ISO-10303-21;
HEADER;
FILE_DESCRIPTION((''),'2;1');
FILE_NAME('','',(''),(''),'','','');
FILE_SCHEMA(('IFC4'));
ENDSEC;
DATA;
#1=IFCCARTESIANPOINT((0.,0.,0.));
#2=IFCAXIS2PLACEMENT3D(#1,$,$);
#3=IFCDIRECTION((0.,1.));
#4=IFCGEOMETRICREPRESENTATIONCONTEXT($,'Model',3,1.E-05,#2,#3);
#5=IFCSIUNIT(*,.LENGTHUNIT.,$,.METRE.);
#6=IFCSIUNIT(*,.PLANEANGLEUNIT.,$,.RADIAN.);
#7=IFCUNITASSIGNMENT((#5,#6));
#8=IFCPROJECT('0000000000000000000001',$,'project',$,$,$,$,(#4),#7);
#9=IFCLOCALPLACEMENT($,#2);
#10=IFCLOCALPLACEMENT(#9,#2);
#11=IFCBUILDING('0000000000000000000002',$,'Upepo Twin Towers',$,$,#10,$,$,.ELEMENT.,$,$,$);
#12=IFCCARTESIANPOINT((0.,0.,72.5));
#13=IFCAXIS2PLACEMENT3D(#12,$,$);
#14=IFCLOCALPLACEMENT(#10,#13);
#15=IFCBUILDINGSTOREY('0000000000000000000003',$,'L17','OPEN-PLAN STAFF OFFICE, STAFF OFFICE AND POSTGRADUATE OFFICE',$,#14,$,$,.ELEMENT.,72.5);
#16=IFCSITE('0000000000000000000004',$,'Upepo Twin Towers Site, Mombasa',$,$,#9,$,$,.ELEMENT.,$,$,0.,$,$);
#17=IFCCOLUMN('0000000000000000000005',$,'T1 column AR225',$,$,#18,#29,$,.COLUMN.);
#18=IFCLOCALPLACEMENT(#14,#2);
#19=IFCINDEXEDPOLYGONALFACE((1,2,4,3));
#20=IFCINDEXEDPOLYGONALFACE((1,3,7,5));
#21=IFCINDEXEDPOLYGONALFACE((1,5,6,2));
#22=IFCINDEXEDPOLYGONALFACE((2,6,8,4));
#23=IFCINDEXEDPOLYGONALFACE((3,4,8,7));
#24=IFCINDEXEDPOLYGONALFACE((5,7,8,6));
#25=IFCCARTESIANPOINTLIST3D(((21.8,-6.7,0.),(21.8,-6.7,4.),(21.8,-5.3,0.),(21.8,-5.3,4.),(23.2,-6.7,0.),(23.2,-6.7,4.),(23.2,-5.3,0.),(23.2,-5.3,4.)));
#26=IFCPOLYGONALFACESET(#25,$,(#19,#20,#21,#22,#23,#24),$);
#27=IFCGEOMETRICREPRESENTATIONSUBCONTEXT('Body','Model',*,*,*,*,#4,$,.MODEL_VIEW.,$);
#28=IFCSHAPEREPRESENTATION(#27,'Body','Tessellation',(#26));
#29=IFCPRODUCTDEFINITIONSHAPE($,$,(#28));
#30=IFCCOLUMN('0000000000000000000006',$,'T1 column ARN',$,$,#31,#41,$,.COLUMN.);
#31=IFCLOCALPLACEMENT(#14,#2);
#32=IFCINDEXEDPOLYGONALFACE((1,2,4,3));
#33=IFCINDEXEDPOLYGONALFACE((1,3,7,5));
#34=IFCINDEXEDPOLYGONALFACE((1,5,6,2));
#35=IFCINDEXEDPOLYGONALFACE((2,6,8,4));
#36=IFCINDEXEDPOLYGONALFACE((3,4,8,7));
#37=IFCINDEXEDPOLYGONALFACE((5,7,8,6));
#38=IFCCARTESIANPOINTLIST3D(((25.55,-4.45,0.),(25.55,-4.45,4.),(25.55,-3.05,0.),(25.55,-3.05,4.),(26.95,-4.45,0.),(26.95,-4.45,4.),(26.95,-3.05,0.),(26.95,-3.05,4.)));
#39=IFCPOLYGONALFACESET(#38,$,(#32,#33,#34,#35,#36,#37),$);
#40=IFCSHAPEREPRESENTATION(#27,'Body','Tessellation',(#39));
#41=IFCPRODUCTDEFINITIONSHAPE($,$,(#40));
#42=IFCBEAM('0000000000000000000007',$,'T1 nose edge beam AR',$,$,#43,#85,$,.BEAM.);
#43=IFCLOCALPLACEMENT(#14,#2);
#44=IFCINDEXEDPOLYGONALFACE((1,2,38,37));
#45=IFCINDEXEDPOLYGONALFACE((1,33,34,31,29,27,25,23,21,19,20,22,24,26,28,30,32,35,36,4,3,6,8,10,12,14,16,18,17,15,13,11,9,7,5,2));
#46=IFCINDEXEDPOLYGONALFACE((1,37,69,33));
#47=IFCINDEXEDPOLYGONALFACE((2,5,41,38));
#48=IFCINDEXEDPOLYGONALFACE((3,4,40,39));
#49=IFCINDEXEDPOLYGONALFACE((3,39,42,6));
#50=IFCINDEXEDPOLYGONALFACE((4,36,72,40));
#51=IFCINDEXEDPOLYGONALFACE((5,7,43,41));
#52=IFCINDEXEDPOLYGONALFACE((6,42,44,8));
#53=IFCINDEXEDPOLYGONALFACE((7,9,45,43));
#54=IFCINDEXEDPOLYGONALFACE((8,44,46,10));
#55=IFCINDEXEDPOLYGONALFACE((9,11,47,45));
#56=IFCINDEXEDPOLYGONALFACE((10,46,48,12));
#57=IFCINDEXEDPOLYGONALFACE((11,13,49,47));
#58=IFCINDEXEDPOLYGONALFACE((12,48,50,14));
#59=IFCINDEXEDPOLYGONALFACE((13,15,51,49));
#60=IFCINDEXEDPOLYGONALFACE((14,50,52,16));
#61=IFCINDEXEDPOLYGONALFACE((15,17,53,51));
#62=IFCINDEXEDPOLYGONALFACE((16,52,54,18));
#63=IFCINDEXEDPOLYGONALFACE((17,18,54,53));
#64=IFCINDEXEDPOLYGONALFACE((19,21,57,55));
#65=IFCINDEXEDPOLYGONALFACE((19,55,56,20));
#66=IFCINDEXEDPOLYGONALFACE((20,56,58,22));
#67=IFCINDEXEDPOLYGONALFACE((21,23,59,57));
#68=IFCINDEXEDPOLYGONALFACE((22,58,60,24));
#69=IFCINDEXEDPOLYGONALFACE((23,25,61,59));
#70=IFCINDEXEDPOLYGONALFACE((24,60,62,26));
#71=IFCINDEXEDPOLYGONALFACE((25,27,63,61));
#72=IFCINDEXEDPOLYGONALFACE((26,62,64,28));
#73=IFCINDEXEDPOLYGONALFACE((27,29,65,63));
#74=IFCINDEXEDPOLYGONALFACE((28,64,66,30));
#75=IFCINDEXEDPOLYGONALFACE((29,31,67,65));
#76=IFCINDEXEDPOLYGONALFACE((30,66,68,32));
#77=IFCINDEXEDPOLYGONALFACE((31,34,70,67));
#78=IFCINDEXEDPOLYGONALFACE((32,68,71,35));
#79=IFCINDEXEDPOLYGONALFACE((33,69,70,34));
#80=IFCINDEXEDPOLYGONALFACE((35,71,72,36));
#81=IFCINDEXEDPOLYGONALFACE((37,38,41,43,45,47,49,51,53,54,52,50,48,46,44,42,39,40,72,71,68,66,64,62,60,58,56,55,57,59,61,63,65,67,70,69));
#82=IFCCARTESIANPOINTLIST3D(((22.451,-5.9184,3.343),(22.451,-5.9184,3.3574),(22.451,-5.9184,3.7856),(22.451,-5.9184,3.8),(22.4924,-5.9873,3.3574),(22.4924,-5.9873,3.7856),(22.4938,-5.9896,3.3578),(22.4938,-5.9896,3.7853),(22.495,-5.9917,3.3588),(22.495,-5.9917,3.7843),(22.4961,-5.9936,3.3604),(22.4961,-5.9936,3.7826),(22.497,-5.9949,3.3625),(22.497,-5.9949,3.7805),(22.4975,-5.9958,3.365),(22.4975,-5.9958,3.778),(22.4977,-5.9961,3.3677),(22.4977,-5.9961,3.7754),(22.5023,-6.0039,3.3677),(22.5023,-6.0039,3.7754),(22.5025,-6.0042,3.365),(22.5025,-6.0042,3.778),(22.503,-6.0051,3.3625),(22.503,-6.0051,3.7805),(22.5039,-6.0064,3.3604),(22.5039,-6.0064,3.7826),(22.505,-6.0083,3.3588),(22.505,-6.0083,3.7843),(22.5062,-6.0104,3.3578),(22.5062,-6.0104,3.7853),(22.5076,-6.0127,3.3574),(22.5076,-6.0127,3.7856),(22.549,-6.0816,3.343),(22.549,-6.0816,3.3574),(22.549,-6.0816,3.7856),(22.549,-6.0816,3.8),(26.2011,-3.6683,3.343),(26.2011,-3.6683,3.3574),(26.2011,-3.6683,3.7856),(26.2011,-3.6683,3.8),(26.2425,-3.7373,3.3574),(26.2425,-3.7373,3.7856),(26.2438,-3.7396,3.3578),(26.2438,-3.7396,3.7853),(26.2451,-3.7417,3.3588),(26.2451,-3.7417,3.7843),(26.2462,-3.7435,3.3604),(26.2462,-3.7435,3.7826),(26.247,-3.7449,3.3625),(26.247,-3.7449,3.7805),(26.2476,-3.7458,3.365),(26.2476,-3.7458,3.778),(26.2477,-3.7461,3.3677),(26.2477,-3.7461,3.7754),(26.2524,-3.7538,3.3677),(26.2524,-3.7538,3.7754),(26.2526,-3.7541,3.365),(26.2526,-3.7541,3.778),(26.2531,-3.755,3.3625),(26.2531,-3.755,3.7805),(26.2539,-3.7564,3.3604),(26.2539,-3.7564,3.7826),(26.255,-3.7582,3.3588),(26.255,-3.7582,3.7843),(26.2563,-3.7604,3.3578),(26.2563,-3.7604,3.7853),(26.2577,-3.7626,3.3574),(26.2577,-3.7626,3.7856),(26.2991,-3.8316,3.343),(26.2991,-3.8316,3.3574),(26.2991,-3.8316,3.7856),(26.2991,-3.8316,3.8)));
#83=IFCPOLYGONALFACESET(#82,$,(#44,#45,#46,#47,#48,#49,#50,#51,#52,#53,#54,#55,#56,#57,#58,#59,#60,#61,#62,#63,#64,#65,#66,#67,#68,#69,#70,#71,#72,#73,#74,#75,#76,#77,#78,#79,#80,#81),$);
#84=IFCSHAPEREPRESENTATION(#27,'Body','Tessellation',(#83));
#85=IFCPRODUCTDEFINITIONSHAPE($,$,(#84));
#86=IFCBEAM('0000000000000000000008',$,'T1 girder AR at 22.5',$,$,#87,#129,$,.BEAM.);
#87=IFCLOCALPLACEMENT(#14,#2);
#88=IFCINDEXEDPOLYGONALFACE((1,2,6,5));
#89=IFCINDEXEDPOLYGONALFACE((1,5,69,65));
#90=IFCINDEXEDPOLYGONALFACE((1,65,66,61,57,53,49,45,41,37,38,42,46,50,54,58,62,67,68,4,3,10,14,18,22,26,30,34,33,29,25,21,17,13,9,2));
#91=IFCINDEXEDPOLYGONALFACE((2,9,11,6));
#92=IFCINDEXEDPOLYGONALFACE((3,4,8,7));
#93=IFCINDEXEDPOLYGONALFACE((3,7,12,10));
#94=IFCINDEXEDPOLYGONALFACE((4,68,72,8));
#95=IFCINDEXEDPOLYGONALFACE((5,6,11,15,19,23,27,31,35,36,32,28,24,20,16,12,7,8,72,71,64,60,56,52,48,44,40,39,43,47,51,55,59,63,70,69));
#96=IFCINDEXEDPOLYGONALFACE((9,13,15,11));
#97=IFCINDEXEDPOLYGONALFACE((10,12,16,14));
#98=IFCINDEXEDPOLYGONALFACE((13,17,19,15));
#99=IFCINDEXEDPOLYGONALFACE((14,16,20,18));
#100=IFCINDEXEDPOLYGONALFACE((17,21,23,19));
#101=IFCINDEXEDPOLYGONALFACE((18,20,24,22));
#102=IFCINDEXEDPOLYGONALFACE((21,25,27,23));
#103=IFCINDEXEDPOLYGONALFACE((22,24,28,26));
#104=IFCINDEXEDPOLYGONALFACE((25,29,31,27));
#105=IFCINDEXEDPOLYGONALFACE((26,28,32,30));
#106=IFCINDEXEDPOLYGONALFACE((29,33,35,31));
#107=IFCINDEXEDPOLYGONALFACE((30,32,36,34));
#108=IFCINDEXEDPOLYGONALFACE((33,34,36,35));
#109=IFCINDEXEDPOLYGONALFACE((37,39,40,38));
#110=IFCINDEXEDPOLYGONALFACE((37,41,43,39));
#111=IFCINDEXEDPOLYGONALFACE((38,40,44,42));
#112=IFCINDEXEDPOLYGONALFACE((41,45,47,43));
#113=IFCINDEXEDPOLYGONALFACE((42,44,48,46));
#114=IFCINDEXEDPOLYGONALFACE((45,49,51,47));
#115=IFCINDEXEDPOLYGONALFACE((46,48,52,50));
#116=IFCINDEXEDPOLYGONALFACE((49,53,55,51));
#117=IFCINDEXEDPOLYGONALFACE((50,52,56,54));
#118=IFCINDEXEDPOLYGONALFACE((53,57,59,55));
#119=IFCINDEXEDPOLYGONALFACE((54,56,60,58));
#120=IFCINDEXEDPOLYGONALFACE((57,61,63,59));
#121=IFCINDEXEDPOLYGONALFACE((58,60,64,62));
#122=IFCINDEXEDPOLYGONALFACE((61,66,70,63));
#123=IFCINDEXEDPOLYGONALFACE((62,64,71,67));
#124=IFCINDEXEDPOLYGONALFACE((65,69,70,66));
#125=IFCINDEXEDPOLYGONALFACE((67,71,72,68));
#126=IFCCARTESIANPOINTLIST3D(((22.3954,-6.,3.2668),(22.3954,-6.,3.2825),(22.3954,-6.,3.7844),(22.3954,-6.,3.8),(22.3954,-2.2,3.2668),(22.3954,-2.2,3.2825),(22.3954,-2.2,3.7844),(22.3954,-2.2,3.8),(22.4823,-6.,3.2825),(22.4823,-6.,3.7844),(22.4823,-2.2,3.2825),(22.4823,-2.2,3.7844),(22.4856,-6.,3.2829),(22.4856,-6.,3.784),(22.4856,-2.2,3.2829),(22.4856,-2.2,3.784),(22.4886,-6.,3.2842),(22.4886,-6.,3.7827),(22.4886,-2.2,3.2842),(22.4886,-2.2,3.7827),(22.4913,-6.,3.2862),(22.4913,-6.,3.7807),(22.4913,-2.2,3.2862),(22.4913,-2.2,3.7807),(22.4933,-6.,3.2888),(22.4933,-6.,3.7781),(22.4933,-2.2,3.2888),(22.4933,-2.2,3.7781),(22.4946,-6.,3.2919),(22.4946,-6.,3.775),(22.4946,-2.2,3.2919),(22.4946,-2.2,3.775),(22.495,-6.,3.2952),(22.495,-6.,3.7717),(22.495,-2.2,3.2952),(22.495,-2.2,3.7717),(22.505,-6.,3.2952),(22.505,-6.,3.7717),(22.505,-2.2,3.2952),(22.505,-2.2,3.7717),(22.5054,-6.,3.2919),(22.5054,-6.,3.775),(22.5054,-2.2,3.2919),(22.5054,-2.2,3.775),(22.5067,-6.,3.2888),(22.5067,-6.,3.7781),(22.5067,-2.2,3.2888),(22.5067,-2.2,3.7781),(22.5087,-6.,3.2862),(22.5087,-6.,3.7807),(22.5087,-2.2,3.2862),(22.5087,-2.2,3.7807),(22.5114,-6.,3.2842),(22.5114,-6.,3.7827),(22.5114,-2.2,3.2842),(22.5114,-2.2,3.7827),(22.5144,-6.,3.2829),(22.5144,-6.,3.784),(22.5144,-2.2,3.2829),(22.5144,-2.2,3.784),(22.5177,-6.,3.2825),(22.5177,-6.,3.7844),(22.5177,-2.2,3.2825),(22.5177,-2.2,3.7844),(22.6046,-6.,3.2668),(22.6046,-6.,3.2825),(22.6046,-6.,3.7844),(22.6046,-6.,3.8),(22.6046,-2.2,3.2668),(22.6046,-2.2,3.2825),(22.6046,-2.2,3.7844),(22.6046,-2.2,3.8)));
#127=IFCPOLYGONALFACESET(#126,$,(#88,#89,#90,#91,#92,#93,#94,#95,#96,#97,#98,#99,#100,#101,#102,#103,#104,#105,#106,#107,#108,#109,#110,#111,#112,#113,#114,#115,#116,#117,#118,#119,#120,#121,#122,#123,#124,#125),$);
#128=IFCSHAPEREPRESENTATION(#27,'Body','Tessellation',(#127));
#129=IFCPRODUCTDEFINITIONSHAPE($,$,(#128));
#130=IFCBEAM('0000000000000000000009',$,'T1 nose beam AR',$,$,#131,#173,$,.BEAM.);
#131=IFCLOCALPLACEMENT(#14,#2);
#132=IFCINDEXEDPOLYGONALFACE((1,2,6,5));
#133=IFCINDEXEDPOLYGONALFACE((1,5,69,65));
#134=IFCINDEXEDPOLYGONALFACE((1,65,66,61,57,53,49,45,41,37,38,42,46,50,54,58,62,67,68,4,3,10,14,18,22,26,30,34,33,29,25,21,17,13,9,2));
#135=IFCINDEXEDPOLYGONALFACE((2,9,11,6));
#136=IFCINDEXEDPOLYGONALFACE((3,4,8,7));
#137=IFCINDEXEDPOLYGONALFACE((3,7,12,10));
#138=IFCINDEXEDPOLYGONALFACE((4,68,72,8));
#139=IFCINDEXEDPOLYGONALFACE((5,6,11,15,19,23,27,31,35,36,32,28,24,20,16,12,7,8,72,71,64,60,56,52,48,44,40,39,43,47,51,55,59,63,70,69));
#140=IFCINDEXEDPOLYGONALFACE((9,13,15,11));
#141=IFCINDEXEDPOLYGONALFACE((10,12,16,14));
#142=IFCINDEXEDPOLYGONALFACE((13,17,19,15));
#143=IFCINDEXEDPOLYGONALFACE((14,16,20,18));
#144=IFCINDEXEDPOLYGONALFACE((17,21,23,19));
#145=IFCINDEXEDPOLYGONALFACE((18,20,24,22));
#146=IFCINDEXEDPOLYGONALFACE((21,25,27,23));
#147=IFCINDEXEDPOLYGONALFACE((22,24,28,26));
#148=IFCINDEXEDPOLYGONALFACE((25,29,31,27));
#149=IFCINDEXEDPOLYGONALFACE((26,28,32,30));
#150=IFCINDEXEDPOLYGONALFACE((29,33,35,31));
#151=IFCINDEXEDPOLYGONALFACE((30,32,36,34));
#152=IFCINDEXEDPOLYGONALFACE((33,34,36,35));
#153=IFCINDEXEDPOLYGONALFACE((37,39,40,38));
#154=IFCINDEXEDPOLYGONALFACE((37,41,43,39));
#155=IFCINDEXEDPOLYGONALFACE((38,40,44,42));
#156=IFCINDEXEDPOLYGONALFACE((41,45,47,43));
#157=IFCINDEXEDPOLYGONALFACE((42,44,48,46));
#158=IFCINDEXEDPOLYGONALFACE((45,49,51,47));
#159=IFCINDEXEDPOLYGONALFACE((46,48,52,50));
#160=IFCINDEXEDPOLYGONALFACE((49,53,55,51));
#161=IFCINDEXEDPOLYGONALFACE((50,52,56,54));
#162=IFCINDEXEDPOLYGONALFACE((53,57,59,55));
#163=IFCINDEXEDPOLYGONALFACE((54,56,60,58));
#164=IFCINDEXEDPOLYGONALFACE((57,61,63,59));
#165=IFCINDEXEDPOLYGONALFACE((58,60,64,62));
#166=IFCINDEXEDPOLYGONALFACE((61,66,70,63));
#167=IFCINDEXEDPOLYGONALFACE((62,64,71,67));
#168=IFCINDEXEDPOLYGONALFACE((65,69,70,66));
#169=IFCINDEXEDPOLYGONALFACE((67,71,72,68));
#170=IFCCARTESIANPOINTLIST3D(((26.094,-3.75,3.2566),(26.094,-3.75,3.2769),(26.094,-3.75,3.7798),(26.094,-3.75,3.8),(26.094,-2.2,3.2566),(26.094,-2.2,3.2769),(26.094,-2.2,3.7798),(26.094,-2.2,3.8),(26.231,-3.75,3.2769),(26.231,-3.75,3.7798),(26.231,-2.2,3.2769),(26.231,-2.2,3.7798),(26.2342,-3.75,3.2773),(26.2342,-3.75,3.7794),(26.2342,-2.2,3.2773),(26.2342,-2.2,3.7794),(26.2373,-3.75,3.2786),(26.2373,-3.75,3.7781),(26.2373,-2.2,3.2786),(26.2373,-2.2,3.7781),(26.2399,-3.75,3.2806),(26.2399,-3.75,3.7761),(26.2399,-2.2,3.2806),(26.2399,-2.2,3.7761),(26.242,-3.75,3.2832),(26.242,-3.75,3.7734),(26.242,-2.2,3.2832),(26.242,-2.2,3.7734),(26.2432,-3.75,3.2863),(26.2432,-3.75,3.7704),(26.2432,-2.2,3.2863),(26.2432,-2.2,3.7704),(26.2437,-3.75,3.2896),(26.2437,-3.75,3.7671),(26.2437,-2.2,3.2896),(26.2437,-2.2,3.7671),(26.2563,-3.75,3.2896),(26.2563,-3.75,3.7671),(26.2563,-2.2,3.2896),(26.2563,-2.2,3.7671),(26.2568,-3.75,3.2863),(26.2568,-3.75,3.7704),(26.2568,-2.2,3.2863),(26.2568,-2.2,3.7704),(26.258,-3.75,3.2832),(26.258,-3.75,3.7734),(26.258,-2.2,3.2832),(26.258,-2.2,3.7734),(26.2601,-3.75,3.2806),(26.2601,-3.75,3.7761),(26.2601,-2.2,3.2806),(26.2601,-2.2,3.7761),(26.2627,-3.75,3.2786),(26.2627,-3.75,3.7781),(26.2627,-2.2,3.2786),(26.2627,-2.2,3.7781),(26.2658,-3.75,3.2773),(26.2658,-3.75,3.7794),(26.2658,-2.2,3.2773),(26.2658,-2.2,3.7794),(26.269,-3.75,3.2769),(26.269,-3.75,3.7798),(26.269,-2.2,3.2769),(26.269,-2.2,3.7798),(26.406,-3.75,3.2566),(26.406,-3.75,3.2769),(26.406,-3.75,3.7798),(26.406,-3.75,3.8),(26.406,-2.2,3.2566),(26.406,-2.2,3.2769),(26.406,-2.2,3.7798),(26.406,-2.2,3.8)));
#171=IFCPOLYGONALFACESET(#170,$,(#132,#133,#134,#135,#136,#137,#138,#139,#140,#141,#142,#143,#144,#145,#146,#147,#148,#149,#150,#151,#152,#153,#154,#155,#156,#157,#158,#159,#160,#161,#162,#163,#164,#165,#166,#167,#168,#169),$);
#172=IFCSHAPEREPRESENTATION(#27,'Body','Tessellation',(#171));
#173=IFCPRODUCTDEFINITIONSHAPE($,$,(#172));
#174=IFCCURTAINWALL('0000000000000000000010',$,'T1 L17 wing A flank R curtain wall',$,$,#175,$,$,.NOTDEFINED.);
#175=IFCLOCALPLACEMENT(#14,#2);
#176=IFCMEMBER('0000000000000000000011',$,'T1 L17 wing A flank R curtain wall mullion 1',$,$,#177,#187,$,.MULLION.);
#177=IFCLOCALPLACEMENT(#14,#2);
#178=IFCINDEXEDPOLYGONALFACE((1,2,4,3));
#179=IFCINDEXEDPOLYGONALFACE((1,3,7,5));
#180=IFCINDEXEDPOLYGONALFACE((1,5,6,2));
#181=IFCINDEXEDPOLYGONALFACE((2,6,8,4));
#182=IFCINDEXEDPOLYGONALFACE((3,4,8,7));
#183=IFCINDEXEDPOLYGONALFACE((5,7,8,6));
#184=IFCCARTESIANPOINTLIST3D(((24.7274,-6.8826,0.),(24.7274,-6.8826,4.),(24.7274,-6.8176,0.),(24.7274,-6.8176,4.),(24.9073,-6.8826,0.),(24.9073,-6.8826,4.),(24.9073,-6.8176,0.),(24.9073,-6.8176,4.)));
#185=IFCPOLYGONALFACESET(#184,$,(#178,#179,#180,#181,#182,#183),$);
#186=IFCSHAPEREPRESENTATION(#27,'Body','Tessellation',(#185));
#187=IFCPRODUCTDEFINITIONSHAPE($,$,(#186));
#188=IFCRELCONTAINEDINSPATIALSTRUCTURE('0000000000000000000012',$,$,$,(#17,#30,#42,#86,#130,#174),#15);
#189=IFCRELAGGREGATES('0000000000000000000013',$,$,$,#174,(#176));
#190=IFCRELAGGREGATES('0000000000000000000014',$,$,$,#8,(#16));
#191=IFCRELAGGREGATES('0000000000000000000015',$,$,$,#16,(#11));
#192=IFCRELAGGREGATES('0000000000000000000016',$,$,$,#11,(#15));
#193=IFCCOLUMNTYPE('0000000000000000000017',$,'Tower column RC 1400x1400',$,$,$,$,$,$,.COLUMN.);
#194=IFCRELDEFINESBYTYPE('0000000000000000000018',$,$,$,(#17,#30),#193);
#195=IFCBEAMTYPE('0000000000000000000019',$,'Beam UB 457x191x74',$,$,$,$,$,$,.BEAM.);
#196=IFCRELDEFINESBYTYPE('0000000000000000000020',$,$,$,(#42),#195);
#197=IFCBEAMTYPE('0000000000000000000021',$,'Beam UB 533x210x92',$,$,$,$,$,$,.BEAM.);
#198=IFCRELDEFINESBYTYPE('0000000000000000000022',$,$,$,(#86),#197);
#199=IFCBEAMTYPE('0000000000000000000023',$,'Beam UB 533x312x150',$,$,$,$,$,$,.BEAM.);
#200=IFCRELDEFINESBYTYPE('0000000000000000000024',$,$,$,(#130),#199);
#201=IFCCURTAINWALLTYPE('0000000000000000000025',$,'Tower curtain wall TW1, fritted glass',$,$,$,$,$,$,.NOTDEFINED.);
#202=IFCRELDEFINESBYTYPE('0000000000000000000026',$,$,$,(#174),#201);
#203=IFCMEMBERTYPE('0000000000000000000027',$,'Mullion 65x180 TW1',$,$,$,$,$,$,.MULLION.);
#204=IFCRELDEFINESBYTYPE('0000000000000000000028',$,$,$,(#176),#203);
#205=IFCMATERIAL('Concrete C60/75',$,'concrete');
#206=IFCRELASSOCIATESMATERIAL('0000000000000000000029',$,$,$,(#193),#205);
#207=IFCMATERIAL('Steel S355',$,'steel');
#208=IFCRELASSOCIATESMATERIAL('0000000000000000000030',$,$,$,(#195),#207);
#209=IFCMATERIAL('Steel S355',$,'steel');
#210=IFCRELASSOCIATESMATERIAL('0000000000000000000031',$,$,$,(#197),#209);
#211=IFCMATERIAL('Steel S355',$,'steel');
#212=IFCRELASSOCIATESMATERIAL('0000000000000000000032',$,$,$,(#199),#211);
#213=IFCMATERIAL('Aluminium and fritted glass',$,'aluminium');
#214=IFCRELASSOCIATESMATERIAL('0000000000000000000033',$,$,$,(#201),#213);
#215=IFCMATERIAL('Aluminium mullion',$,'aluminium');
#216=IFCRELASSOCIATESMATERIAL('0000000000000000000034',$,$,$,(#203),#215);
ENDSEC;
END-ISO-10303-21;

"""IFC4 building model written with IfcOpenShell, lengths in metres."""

from ifc_helpers import new_model, si_unit, direction, frame, origin, origin_2d, place, context, subcontext, project, spatial, rectangle, i_section, extrude, material, material_profile, profile_set, type_object, element, aggregate, save


model = new_model("IFC4")

# Units and contexts
model_context = context("Model", 3, precision=1e-05, world=origin(), true_north=direction((0.0, 1.0)))
body_context = subcontext(model_context, "Body", "Model", "MODEL_VIEW")
ifc_project = project(units=[si_unit("LENGTHUNIT", "METRE"), si_unit("PLANEANGLEUNIT", "RADIAN")], contexts=[model_context])

# Site, building, storey
site_placement = place(None, origin())
site = spatial("IfcSite", under=ifc_project, at=site_placement, Name="Upepo Twin Towers Site, Mombasa", CompositionType="ELEMENT", RefElevation=0.0)
building_placement = place(site_placement, origin())
building = spatial("IfcBuilding", under=site, at=building_placement, Name="Upepo Twin Towers", CompositionType="ELEMENT")
storey_placement = place(building_placement, frame((0.0, 0.0, 72.5)))
storey = spatial("IfcBuildingStorey", under=building, at=storey_placement, Name="L17", Description="OPEN-PLAN STAFF OFFICE, STAFF OFFICE AND POSTGRADUATE OFFICE", CompositionType="ELEMENT", Elevation=72.5)

# Columns
ifc_material_1 = material(Name="Concrete C60/75", Category="concrete")
ifc_material_profile_1 = material_profile(ifc_material_1, rectangle(XDim=1.3999, YDim=1.3999, at=origin_2d()), Name="RC 1400x1400")
ifc_profile_set_1 = profile_set([ifc_material_profile_1], Name="Concrete C60/75")
column_type = type_object("IfcColumnType", Name="Tower column RC 1400x1400", PredefinedType="COLUMN", material=ifc_profile_set_1)
for number, where, z_axis, x_axis, name in (
    (1, (22.5, -6.0, 0.0), (0.0, 0.0, 1.0), (1.0, 0.0, 0.0), "T1 column AR225"),
    (2, (26.25, -3.75, 0.0), (0.0, 0.0, 1.0), (1.0, 0.0, 0.0), "T1 column ARN"),
):
    element("IfcColumn", number, at=place(storey_placement, frame(where, z_axis=z_axis, x_axis=x_axis)), inside=storey, type_object=column_type, Name=name, PredefinedType="COLUMN", context=body_context, shape_type="SweptSolid", body=[
        extrude(rectangle(XDim=1.3999, YDim=1.3999, at=origin_2d()), origin(), (0.0, 0.0, 1.0), 4.0),
    ])

# Beams
ifc_material_2 = material(Name="Steel S355", Category="steel")
ifc_material_profile_2 = material_profile(ifc_material_2, i_section(OverallWidth=0.1904, OverallDepth=0.457, WebThickness=0.009, FlangeThickness=0.0144, FilletRadius=0.0103, at=origin_2d()), Name="UB 457x191x74")
ifc_profile_set_2 = profile_set([ifc_material_profile_2], Name="Steel S355")
beam_type_1 = type_object("IfcBeamType", Name="Beam UB 457x191x74", PredefinedType="BEAM", material=ifc_profile_set_2)
beam_1_placement = place(storey_placement, frame((22.5, -6.0, 3.5715), z_axis=(0.857493, 0.514496, 0.0), x_axis=(-0.514496, 0.857493, 0.0)))
element("IfcBeam", 3, at=beam_1_placement, inside=storey, type_object=beam_type_1, Name="T1 nose edge beam AR", PredefinedType="BEAM", context=body_context, shape_type="SweptSolid", body=[
    extrude(i_section(OverallWidth=0.1904, OverallDepth=0.457, WebThickness=0.009, FlangeThickness=0.0144, FilletRadius=0.0103, at=origin_2d()), origin(), (0.0, 0.0, 1.0), 4.3733),
])
ifc_material_3 = material(Name="Steel S355", Category="steel")
ifc_material_profile_3 = material_profile(ifc_material_3, i_section(OverallWidth=0.2092, OverallDepth=0.5332, WebThickness=0.01, FlangeThickness=0.0156, FilletRadius=0.0127, at=origin_2d()), Name="UB 533x210x92")
ifc_profile_set_3 = profile_set([ifc_material_profile_3], Name="Steel S355")
beam_type_2 = type_object("IfcBeamType", Name="Beam UB 533x210x92", PredefinedType="BEAM", material=ifc_profile_set_3)
beam_2_placement = place(storey_placement, frame((22.5, -6.0, 3.5334), z_axis=(0.0, 1.0, 0.0), x_axis=(-1.0, 0.0, 0.0)))
element("IfcBeam", 4, at=beam_2_placement, inside=storey, type_object=beam_type_2, Name="T1 girder AR at 22.5", PredefinedType="BEAM", context=body_context, shape_type="SweptSolid", body=[
    extrude(i_section(OverallWidth=0.2092, OverallDepth=0.5332, WebThickness=0.01, FlangeThickness=0.0156, FilletRadius=0.0127, at=origin_2d()), origin(), (0.0, 0.0, 1.0), 3.8),
])
ifc_material_4 = material(Name="Steel S355", Category="steel")
ifc_material_profile_4 = material_profile(ifc_material_4, i_section(OverallWidth=0.312, OverallDepth=0.5435, WebThickness=0.0127, FlangeThickness=0.0203, FilletRadius=0.0127, at=origin_2d()), Name="UB 533x312x150")
ifc_profile_set_4 = profile_set([ifc_material_profile_4], Name="Steel S355")
beam_type_3 = type_object("IfcBeamType", Name="Beam UB 533x312x150", PredefinedType="BEAM", material=ifc_profile_set_4)
beam_3_placement = place(storey_placement, frame((26.25, -3.75, 3.5283), z_axis=(0.0, 1.0, 0.0), x_axis=(-1.0, 0.0, 0.0)))
element("IfcBeam", 5, at=beam_3_placement, inside=storey, type_object=beam_type_3, Name="T1 nose beam AR", PredefinedType="BEAM", context=body_context, shape_type="SweptSolid", body=[
    extrude(i_section(OverallWidth=0.312, OverallDepth=0.5435, WebThickness=0.0127, FlangeThickness=0.0203, FilletRadius=0.0127, at=origin_2d()), origin(), (0.0, 0.0, 1.0), 1.55),
])

# Curtain wall, member
ifc_material_5 = material(Name="Aluminium and fritted glass", Category="aluminium")
curtain_wall_type = type_object("IfcCurtainWallType", Name="Tower curtain wall TW1, fritted glass", PredefinedType="NOTDEFINED", material=ifc_material_5)
curtain_wall_1_placement = place(storey_placement, origin())
curtain_wall_1 = element("IfcCurtainWall", 6, at=curtain_wall_1_placement, inside=storey, type_object=curtain_wall_type, Name="T1 L17 wing A flank R curtain wall", PredefinedType="NOTDEFINED")
ifc_material_6 = material(Name="Aluminium mullion", Category="aluminium")
ifc_material_profile_5 = material_profile(ifc_material_6, rectangle(XDim=0.0649, YDim=0.1799, at=origin_2d()), Name="MULLION 65x180")
ifc_profile_set_5 = profile_set([ifc_material_profile_5], Name="Aluminium mullion")
member_type_1 = type_object("IfcMemberType", Name="Mullion 65x180 TW1", PredefinedType="MULLION", material=ifc_profile_set_5)
member_1_placement = place(storey_placement, frame((24.8174, -6.8501, 0.0), z_axis=(0.0, 0.0, 1.0), x_axis=(0.0, -1.0, 0.0)))
member_1 = element("IfcMember", 7, at=member_1_placement, type_object=member_type_1, Name="T1 L17 wing A flank R curtain wall mullion 1", PredefinedType="MULLION", context=body_context, shape_type="SweptSolid", body=[
    extrude(rectangle(XDim=0.0649, YDim=0.1799, at=origin_2d()), origin(), (0.0, 0.0, 1.0), 4.0),
])

aggregate(curtain_wall_1, [member_1])

save(model, "model.ifc")
